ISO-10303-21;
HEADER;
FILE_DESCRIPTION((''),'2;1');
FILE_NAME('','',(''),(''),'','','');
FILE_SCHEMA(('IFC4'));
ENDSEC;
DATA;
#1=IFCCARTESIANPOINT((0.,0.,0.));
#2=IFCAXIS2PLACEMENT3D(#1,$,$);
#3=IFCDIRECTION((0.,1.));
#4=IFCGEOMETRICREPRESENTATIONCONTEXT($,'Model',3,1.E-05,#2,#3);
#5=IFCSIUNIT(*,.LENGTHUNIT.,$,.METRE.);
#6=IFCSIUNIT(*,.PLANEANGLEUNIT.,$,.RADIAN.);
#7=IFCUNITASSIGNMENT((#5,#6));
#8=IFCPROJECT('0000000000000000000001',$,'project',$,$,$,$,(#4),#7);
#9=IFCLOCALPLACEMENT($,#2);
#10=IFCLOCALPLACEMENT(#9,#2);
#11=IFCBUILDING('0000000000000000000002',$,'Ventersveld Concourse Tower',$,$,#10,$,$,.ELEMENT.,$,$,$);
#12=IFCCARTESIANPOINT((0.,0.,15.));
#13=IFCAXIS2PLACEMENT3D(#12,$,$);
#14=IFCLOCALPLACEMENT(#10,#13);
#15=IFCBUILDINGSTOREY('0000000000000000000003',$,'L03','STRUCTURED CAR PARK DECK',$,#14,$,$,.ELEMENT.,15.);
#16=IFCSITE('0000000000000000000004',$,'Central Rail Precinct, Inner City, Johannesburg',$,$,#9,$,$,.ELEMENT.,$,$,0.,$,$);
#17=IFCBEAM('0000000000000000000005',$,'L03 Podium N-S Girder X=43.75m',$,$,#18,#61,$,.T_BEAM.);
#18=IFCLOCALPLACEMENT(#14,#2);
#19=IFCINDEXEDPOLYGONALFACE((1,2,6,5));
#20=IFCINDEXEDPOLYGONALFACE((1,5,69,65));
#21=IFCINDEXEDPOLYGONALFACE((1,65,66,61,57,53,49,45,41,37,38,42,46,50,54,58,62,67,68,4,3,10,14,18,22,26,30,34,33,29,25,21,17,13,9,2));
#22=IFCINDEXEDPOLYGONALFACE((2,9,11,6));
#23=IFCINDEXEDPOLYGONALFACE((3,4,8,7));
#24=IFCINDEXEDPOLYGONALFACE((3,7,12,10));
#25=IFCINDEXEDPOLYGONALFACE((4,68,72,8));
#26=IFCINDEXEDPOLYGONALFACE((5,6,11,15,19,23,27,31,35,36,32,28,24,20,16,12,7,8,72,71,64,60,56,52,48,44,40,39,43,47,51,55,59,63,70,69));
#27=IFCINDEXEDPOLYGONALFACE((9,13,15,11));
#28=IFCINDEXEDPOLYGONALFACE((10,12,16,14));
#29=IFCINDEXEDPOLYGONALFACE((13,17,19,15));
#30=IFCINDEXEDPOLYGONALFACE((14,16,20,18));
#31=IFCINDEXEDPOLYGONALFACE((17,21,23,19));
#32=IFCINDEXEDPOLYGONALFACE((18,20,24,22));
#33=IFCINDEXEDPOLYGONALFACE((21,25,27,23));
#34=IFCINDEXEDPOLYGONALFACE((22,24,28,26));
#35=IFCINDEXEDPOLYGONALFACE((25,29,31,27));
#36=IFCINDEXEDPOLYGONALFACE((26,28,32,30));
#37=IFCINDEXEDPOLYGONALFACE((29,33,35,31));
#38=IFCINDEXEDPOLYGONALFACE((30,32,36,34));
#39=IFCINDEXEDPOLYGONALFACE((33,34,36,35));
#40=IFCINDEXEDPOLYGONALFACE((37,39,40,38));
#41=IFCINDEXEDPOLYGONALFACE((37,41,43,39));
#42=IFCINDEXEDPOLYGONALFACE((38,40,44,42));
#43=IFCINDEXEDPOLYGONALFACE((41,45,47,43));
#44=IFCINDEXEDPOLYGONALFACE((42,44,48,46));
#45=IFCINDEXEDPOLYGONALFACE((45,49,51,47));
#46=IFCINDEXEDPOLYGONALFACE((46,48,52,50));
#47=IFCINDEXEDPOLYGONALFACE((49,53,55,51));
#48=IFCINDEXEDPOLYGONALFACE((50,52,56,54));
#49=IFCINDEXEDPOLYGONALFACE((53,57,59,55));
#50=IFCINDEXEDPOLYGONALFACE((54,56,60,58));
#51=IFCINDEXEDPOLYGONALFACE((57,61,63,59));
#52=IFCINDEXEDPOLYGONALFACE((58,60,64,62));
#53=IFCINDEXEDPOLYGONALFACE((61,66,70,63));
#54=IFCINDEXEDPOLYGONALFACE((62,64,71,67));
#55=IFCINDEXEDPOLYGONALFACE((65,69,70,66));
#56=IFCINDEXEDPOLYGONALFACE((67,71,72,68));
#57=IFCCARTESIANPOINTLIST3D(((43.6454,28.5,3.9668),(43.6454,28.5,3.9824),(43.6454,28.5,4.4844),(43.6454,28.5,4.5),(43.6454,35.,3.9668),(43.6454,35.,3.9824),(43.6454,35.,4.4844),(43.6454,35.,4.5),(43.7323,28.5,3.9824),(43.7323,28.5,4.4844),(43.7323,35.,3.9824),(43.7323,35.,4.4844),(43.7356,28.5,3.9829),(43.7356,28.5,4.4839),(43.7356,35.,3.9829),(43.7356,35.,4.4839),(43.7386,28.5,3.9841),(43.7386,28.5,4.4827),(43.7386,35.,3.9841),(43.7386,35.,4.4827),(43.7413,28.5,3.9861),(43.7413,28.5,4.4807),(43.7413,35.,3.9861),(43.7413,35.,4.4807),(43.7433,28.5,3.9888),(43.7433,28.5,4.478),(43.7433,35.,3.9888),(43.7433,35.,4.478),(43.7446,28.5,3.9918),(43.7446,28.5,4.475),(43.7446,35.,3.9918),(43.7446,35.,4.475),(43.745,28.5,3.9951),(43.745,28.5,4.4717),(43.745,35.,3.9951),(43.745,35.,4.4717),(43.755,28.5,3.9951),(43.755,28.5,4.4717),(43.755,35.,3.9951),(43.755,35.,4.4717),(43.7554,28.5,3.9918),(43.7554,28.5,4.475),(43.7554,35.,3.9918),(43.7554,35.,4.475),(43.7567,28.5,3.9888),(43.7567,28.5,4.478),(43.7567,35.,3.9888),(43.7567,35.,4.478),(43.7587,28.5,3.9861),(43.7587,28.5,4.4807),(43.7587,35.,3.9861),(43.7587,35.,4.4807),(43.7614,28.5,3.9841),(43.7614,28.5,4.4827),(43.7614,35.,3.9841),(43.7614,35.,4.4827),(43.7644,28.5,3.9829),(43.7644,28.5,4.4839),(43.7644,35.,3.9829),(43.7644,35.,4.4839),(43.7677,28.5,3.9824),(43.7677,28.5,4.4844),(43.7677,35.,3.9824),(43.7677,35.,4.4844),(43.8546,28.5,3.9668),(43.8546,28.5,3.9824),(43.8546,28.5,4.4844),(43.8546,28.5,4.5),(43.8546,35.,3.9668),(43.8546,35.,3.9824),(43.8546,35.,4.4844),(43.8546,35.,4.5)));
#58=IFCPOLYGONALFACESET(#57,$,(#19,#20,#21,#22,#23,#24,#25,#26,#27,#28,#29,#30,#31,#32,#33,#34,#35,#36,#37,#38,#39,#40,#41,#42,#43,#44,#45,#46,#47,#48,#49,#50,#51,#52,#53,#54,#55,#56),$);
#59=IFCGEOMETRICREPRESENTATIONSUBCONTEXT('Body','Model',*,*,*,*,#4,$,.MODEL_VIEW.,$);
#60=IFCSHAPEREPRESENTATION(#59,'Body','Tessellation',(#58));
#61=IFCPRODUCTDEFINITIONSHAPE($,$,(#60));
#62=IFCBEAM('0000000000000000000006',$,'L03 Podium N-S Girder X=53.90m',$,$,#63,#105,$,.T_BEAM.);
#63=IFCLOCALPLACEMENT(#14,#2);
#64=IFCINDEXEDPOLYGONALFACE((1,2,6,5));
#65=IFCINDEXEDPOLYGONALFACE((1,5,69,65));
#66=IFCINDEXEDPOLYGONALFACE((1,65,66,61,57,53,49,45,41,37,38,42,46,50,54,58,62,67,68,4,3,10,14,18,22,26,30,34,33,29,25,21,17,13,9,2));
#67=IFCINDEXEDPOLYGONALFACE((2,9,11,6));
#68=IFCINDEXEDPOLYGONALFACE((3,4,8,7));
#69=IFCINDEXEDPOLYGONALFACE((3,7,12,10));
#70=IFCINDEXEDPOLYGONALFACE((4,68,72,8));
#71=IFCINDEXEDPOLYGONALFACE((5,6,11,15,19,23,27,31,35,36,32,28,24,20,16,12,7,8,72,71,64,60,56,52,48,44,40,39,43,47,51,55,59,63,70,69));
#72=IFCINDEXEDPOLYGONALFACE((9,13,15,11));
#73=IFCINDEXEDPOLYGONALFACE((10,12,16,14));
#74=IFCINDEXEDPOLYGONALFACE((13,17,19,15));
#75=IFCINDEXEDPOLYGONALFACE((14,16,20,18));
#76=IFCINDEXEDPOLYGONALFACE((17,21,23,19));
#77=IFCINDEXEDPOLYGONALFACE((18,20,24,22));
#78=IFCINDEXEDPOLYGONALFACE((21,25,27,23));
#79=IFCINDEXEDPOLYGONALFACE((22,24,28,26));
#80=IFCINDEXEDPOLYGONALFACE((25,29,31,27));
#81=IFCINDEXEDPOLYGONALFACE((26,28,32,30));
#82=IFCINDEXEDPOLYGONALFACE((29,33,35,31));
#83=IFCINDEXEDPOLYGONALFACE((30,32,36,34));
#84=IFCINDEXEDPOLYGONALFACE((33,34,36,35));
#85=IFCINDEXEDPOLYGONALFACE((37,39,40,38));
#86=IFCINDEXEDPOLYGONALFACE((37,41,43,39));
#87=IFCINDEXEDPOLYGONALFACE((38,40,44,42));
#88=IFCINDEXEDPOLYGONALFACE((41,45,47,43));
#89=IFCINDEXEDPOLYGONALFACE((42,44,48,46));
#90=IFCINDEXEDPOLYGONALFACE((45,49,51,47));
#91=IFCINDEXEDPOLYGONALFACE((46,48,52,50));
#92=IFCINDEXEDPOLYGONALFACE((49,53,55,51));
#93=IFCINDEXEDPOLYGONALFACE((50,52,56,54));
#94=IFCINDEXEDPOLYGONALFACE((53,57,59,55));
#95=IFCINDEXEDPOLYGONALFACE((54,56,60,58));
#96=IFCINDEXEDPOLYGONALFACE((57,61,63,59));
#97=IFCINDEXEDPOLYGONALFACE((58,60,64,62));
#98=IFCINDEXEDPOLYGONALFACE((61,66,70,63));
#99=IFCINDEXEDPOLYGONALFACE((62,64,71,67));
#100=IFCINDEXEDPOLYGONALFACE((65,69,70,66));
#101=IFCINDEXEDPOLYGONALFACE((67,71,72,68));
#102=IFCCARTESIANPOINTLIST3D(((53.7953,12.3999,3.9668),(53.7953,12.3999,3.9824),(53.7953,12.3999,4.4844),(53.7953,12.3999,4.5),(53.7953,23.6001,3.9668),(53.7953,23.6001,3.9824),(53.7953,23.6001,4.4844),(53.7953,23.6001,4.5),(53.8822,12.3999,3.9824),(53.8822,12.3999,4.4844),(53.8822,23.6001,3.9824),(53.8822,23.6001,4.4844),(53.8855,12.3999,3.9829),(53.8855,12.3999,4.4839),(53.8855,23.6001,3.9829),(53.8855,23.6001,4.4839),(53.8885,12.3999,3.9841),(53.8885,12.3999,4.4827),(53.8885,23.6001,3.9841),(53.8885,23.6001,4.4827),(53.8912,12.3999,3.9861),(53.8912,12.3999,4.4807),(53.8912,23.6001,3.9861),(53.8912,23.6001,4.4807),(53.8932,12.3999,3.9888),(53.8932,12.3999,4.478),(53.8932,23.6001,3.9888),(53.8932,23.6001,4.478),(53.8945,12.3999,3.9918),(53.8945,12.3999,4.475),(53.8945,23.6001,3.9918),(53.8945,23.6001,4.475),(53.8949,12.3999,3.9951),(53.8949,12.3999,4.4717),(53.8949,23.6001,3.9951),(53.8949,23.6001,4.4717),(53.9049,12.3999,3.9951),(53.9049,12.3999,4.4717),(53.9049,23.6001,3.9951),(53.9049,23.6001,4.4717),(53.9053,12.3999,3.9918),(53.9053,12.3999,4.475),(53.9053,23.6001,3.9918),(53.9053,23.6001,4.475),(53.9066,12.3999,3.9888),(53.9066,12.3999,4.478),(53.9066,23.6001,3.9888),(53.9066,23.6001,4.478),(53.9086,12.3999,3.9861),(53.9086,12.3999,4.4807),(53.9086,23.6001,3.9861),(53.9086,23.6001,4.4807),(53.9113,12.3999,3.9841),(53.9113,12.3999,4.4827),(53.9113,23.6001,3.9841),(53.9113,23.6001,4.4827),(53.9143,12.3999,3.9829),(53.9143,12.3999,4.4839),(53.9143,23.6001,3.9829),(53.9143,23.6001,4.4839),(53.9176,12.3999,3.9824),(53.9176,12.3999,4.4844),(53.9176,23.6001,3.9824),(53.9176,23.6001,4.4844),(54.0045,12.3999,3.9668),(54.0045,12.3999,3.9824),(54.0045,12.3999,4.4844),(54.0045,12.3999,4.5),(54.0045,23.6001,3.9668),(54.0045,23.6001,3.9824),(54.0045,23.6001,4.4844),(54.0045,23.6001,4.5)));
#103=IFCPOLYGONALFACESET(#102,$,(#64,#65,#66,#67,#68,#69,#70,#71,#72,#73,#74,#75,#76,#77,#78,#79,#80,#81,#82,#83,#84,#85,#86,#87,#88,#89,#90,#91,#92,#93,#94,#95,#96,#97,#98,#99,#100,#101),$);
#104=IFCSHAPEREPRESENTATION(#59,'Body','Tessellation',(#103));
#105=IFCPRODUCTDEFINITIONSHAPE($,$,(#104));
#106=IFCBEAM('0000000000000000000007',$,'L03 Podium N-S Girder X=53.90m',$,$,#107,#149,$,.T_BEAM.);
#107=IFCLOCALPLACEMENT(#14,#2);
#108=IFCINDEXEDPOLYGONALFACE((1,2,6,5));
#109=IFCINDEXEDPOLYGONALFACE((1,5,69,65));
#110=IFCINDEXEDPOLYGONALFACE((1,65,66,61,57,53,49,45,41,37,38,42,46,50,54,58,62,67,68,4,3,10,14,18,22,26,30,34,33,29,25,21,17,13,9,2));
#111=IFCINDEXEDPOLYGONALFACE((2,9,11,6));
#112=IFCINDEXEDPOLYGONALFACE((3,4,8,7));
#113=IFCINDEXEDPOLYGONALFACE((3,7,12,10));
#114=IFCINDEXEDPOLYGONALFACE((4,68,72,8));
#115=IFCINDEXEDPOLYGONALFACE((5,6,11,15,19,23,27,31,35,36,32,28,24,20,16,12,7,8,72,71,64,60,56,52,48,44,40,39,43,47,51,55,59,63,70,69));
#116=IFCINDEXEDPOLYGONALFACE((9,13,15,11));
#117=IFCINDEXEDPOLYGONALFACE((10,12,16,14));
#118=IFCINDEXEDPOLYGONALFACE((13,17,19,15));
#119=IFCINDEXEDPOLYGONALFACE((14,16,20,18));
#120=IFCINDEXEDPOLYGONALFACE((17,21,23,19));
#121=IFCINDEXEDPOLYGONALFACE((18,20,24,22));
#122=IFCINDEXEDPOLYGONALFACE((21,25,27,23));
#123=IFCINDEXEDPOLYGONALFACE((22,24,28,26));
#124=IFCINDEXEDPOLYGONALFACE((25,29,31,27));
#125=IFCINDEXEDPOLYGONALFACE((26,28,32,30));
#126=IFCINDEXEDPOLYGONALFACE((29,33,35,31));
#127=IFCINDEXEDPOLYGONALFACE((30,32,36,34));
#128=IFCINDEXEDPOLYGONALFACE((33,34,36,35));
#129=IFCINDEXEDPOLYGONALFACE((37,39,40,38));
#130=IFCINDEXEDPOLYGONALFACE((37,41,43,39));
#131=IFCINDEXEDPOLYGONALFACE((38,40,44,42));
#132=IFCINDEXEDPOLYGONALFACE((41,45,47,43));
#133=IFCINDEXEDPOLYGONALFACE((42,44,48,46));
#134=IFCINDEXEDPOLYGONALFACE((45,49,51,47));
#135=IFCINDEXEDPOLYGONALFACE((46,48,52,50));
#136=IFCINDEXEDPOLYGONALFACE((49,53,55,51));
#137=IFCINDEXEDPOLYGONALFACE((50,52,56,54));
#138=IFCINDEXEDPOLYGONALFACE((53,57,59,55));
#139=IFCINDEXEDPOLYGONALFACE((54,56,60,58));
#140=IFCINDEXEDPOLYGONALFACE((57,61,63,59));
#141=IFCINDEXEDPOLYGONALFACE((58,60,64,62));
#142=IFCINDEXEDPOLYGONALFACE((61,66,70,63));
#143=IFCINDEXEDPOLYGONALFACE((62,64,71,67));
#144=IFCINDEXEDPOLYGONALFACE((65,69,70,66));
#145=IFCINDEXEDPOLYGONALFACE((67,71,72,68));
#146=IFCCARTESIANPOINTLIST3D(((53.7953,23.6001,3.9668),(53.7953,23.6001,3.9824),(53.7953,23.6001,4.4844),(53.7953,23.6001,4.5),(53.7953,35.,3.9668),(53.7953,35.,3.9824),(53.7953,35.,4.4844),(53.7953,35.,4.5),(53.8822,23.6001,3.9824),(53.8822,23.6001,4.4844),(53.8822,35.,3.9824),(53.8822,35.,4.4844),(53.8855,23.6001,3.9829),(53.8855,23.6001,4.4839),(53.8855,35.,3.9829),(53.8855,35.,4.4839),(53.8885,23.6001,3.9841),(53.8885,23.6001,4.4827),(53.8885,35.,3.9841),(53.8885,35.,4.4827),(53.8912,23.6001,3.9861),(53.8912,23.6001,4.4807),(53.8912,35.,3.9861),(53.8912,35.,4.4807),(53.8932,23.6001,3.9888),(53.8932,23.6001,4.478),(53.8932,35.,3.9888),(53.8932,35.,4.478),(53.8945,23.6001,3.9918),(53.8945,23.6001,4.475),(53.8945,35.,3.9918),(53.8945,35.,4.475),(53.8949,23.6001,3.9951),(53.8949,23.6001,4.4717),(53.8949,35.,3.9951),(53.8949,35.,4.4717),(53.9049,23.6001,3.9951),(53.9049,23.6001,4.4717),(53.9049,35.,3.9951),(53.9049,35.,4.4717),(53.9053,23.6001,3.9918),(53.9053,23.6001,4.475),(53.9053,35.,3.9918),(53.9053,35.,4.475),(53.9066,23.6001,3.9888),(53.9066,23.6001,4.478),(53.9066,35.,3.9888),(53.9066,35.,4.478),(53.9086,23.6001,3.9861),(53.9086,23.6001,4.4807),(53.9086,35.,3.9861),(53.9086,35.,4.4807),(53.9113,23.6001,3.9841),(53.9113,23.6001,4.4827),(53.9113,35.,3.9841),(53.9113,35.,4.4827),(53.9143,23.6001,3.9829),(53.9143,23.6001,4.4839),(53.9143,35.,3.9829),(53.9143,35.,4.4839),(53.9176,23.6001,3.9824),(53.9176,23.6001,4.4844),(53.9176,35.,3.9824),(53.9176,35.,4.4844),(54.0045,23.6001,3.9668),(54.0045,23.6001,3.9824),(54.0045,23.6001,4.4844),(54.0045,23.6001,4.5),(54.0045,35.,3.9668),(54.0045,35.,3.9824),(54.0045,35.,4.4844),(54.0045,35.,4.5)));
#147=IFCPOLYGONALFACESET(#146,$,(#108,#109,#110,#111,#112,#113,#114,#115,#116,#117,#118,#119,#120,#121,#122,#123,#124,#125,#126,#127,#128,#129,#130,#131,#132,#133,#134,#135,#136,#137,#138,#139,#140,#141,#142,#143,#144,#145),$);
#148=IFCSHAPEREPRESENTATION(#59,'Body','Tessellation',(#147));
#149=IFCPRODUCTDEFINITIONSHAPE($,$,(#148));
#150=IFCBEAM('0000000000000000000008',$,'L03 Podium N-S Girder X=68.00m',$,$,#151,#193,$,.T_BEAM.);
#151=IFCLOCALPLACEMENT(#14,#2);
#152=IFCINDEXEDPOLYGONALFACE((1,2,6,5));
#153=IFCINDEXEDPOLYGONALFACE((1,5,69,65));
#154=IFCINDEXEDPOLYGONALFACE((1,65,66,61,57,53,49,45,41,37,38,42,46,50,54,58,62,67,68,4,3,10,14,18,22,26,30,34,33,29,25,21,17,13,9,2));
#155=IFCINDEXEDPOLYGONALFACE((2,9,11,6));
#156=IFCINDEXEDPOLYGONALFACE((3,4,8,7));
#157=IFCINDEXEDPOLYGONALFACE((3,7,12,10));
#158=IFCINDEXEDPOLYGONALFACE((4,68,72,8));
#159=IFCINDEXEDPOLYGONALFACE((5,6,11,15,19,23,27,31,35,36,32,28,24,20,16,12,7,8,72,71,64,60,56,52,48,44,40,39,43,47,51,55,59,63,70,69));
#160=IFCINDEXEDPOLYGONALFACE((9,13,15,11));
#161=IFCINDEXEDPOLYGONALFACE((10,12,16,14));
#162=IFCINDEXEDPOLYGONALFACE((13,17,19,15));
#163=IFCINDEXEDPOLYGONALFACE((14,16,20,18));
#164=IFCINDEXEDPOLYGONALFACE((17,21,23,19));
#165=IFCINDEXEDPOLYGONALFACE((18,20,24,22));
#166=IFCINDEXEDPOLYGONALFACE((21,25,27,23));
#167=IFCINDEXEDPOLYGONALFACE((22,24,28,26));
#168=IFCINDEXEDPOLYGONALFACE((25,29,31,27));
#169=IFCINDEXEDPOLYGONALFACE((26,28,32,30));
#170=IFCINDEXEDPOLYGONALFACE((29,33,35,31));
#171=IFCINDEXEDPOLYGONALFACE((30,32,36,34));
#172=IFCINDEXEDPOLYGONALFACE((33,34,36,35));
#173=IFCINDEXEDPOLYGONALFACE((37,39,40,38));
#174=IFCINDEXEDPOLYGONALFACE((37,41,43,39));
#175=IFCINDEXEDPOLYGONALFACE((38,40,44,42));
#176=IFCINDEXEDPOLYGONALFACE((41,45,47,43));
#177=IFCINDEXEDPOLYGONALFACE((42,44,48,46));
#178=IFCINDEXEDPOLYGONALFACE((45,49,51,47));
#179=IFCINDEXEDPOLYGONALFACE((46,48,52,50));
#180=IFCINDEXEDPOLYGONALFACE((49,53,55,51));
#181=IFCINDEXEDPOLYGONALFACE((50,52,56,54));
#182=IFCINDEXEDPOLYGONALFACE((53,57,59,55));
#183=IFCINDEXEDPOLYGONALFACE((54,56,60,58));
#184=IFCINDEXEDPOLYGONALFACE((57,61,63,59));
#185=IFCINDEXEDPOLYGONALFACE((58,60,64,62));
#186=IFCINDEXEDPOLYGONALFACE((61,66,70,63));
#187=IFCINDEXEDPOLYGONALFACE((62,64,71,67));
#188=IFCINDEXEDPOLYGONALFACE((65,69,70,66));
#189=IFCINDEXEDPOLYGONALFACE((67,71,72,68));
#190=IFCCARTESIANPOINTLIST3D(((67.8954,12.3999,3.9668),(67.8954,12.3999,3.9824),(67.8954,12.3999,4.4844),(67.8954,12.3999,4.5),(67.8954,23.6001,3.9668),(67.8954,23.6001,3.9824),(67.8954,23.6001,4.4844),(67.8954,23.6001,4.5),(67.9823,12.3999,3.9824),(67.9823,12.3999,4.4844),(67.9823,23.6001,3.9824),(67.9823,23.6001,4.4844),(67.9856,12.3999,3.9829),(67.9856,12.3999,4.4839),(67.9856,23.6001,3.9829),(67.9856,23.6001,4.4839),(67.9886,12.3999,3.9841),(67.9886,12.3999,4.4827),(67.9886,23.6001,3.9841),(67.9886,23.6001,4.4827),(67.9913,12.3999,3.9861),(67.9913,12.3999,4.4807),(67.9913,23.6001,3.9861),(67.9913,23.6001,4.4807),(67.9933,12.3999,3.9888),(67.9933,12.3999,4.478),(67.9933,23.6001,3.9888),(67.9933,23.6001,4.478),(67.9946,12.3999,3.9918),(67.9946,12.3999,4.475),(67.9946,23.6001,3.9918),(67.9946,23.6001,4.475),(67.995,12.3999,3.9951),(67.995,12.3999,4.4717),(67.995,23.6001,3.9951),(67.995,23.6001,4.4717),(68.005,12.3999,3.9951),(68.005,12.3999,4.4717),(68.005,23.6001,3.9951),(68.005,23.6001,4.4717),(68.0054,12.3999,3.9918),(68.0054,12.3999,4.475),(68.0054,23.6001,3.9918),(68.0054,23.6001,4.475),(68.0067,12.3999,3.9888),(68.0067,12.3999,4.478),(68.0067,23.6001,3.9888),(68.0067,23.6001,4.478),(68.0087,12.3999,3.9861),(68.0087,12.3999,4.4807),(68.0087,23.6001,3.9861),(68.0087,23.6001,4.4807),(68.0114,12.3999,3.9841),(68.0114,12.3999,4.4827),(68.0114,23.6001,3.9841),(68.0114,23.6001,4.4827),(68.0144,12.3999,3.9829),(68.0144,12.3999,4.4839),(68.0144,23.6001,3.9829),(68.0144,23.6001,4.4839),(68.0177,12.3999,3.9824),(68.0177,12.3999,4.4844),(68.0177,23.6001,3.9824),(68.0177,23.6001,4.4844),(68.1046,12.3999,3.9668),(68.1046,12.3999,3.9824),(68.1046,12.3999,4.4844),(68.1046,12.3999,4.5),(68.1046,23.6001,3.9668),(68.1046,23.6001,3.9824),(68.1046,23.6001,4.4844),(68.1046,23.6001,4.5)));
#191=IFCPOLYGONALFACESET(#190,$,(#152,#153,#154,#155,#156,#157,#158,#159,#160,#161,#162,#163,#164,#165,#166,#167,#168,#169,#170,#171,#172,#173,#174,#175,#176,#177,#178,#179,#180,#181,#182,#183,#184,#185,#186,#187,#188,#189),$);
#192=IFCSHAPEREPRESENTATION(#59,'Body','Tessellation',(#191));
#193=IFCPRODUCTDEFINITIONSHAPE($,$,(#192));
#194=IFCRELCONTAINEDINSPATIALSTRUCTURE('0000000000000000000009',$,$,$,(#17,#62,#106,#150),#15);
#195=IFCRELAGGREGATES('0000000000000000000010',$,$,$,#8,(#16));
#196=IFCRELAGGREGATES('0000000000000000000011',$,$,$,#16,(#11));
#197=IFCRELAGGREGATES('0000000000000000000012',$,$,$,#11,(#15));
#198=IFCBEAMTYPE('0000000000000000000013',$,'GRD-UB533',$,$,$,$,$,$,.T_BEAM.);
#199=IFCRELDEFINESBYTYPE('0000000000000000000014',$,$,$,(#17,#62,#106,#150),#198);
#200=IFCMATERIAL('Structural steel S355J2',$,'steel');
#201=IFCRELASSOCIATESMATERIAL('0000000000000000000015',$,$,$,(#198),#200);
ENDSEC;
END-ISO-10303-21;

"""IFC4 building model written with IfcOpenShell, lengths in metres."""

from ifc_helpers import new_model, si_unit, direction, frame, origin, origin_2d, place, context, subcontext, project, spatial, i_section, extrude, material, material_profile, profile_set, type_object, element, save


model = new_model("IFC4")

# Units and contexts
model_context = context("Model", 3, precision=1e-05, world=origin(), true_north=direction((0.0, 1.0)))
body_context = subcontext(model_context, "Body", "Model", "MODEL_VIEW")
ifc_project = project(units=[si_unit("LENGTHUNIT", "METRE"), si_unit("PLANEANGLEUNIT", "RADIAN")], contexts=[model_context])

# Site, building, storey
site_placement = place(None, origin())
site = spatial("IfcSite", under=ifc_project, at=site_placement, Name="Central Rail Precinct, Inner City, Johannesburg", CompositionType="ELEMENT", RefElevation=0.0)
building_placement = place(site_placement, origin())
building = spatial("IfcBuilding", under=site, at=building_placement, Name="Ventersveld Concourse Tower", CompositionType="ELEMENT")
storey_placement = place(building_placement, frame((0.0, 0.0, 15.0)))
storey = spatial("IfcBuildingStorey", under=building, at=storey_placement, Name="L03", Description="STRUCTURED CAR PARK DECK", CompositionType="ELEMENT", Elevation=15.0)

# Beams
ifc_material_1 = material(Name="Structural steel S355J2", Category="steel")
ifc_material_profile_1 = material_profile(ifc_material_1, i_section(OverallWidth=0.2092, OverallDepth=0.5332, WebThickness=0.01, FlangeThickness=0.0156, FilletRadius=0.0127, at=origin_2d()), Name="UB 533x210x92")
ifc_profile_set_1 = profile_set([ifc_material_profile_1], Name="Structural steel S355J2")
beam_type_1 = type_object("IfcBeamType", Name="GRD-UB533", PredefinedType="T_BEAM", material=ifc_profile_set_1)
beam_1_placement = place(storey_placement, frame((43.75, 28.5, 4.2334), z_axis=(0.0, 1.0, 0.0), x_axis=(-1.0, 0.0, 0.0)))
element("IfcBeam", 1, at=beam_1_placement, inside=storey, type_object=beam_type_1, Name="L03 Podium N-S Girder X=43.75m", PredefinedType="T_BEAM", context=body_context, shape_type="SweptSolid", body=[
    extrude(i_section(OverallWidth=0.2092, OverallDepth=0.5332, WebThickness=0.01, FlangeThickness=0.0156, FilletRadius=0.0127, at=origin_2d()), origin(), (0.0, 0.0, 1.0), 6.5),
])
beam_2_placement = place(storey_placement, frame((53.8999, 12.3999, 4.2334), z_axis=(0.0, 1.0, 0.0), x_axis=(-1.0, 0.0, 0.0)))
element("IfcBeam", 2, at=beam_2_placement, inside=storey, type_object=beam_type_1, Name="L03 Podium N-S Girder X=53.90m", PredefinedType="T_BEAM", context=body_context, shape_type="SweptSolid", body=[
    extrude(i_section(OverallWidth=0.2092, OverallDepth=0.5332, WebThickness=0.01, FlangeThickness=0.0156, FilletRadius=0.0127, at=origin_2d()), origin(), (0.0, 0.0, 1.0), 11.2002),
])
beam_3_placement = place(storey_placement, frame((53.8999, 23.6001, 4.2334), z_axis=(0.0, 1.0, 0.0), x_axis=(-1.0, 0.0, 0.0)))
element("IfcBeam", 3, at=beam_3_placement, inside=storey, type_object=beam_type_1, Name="L03 Podium N-S Girder X=53.90m", PredefinedType="T_BEAM", context=body_context, shape_type="SweptSolid", body=[
    extrude(i_section(OverallWidth=0.2092, OverallDepth=0.5332, WebThickness=0.01, FlangeThickness=0.0156, FilletRadius=0.0127, at=origin_2d()), origin(), (0.0, 0.0, 1.0), 11.3999),
])
beam_4_placement = place(storey_placement, frame((68.0, 12.3999, 4.2334), z_axis=(0.0, 1.0, 0.0), x_axis=(-1.0, 0.0, 0.0)))
element("IfcBeam", 4, at=beam_4_placement, inside=storey, type_object=beam_type_1, Name="L03 Podium N-S Girder X=68.00m", PredefinedType="T_BEAM", context=body_context, shape_type="SweptSolid", body=[
    extrude(i_section(OverallWidth=0.2092, OverallDepth=0.5332, WebThickness=0.01, FlangeThickness=0.0156, FilletRadius=0.0127, at=origin_2d()), origin(), (0.0, 0.0, 1.0), 11.2002),
])

save(model, "model.ifc")
